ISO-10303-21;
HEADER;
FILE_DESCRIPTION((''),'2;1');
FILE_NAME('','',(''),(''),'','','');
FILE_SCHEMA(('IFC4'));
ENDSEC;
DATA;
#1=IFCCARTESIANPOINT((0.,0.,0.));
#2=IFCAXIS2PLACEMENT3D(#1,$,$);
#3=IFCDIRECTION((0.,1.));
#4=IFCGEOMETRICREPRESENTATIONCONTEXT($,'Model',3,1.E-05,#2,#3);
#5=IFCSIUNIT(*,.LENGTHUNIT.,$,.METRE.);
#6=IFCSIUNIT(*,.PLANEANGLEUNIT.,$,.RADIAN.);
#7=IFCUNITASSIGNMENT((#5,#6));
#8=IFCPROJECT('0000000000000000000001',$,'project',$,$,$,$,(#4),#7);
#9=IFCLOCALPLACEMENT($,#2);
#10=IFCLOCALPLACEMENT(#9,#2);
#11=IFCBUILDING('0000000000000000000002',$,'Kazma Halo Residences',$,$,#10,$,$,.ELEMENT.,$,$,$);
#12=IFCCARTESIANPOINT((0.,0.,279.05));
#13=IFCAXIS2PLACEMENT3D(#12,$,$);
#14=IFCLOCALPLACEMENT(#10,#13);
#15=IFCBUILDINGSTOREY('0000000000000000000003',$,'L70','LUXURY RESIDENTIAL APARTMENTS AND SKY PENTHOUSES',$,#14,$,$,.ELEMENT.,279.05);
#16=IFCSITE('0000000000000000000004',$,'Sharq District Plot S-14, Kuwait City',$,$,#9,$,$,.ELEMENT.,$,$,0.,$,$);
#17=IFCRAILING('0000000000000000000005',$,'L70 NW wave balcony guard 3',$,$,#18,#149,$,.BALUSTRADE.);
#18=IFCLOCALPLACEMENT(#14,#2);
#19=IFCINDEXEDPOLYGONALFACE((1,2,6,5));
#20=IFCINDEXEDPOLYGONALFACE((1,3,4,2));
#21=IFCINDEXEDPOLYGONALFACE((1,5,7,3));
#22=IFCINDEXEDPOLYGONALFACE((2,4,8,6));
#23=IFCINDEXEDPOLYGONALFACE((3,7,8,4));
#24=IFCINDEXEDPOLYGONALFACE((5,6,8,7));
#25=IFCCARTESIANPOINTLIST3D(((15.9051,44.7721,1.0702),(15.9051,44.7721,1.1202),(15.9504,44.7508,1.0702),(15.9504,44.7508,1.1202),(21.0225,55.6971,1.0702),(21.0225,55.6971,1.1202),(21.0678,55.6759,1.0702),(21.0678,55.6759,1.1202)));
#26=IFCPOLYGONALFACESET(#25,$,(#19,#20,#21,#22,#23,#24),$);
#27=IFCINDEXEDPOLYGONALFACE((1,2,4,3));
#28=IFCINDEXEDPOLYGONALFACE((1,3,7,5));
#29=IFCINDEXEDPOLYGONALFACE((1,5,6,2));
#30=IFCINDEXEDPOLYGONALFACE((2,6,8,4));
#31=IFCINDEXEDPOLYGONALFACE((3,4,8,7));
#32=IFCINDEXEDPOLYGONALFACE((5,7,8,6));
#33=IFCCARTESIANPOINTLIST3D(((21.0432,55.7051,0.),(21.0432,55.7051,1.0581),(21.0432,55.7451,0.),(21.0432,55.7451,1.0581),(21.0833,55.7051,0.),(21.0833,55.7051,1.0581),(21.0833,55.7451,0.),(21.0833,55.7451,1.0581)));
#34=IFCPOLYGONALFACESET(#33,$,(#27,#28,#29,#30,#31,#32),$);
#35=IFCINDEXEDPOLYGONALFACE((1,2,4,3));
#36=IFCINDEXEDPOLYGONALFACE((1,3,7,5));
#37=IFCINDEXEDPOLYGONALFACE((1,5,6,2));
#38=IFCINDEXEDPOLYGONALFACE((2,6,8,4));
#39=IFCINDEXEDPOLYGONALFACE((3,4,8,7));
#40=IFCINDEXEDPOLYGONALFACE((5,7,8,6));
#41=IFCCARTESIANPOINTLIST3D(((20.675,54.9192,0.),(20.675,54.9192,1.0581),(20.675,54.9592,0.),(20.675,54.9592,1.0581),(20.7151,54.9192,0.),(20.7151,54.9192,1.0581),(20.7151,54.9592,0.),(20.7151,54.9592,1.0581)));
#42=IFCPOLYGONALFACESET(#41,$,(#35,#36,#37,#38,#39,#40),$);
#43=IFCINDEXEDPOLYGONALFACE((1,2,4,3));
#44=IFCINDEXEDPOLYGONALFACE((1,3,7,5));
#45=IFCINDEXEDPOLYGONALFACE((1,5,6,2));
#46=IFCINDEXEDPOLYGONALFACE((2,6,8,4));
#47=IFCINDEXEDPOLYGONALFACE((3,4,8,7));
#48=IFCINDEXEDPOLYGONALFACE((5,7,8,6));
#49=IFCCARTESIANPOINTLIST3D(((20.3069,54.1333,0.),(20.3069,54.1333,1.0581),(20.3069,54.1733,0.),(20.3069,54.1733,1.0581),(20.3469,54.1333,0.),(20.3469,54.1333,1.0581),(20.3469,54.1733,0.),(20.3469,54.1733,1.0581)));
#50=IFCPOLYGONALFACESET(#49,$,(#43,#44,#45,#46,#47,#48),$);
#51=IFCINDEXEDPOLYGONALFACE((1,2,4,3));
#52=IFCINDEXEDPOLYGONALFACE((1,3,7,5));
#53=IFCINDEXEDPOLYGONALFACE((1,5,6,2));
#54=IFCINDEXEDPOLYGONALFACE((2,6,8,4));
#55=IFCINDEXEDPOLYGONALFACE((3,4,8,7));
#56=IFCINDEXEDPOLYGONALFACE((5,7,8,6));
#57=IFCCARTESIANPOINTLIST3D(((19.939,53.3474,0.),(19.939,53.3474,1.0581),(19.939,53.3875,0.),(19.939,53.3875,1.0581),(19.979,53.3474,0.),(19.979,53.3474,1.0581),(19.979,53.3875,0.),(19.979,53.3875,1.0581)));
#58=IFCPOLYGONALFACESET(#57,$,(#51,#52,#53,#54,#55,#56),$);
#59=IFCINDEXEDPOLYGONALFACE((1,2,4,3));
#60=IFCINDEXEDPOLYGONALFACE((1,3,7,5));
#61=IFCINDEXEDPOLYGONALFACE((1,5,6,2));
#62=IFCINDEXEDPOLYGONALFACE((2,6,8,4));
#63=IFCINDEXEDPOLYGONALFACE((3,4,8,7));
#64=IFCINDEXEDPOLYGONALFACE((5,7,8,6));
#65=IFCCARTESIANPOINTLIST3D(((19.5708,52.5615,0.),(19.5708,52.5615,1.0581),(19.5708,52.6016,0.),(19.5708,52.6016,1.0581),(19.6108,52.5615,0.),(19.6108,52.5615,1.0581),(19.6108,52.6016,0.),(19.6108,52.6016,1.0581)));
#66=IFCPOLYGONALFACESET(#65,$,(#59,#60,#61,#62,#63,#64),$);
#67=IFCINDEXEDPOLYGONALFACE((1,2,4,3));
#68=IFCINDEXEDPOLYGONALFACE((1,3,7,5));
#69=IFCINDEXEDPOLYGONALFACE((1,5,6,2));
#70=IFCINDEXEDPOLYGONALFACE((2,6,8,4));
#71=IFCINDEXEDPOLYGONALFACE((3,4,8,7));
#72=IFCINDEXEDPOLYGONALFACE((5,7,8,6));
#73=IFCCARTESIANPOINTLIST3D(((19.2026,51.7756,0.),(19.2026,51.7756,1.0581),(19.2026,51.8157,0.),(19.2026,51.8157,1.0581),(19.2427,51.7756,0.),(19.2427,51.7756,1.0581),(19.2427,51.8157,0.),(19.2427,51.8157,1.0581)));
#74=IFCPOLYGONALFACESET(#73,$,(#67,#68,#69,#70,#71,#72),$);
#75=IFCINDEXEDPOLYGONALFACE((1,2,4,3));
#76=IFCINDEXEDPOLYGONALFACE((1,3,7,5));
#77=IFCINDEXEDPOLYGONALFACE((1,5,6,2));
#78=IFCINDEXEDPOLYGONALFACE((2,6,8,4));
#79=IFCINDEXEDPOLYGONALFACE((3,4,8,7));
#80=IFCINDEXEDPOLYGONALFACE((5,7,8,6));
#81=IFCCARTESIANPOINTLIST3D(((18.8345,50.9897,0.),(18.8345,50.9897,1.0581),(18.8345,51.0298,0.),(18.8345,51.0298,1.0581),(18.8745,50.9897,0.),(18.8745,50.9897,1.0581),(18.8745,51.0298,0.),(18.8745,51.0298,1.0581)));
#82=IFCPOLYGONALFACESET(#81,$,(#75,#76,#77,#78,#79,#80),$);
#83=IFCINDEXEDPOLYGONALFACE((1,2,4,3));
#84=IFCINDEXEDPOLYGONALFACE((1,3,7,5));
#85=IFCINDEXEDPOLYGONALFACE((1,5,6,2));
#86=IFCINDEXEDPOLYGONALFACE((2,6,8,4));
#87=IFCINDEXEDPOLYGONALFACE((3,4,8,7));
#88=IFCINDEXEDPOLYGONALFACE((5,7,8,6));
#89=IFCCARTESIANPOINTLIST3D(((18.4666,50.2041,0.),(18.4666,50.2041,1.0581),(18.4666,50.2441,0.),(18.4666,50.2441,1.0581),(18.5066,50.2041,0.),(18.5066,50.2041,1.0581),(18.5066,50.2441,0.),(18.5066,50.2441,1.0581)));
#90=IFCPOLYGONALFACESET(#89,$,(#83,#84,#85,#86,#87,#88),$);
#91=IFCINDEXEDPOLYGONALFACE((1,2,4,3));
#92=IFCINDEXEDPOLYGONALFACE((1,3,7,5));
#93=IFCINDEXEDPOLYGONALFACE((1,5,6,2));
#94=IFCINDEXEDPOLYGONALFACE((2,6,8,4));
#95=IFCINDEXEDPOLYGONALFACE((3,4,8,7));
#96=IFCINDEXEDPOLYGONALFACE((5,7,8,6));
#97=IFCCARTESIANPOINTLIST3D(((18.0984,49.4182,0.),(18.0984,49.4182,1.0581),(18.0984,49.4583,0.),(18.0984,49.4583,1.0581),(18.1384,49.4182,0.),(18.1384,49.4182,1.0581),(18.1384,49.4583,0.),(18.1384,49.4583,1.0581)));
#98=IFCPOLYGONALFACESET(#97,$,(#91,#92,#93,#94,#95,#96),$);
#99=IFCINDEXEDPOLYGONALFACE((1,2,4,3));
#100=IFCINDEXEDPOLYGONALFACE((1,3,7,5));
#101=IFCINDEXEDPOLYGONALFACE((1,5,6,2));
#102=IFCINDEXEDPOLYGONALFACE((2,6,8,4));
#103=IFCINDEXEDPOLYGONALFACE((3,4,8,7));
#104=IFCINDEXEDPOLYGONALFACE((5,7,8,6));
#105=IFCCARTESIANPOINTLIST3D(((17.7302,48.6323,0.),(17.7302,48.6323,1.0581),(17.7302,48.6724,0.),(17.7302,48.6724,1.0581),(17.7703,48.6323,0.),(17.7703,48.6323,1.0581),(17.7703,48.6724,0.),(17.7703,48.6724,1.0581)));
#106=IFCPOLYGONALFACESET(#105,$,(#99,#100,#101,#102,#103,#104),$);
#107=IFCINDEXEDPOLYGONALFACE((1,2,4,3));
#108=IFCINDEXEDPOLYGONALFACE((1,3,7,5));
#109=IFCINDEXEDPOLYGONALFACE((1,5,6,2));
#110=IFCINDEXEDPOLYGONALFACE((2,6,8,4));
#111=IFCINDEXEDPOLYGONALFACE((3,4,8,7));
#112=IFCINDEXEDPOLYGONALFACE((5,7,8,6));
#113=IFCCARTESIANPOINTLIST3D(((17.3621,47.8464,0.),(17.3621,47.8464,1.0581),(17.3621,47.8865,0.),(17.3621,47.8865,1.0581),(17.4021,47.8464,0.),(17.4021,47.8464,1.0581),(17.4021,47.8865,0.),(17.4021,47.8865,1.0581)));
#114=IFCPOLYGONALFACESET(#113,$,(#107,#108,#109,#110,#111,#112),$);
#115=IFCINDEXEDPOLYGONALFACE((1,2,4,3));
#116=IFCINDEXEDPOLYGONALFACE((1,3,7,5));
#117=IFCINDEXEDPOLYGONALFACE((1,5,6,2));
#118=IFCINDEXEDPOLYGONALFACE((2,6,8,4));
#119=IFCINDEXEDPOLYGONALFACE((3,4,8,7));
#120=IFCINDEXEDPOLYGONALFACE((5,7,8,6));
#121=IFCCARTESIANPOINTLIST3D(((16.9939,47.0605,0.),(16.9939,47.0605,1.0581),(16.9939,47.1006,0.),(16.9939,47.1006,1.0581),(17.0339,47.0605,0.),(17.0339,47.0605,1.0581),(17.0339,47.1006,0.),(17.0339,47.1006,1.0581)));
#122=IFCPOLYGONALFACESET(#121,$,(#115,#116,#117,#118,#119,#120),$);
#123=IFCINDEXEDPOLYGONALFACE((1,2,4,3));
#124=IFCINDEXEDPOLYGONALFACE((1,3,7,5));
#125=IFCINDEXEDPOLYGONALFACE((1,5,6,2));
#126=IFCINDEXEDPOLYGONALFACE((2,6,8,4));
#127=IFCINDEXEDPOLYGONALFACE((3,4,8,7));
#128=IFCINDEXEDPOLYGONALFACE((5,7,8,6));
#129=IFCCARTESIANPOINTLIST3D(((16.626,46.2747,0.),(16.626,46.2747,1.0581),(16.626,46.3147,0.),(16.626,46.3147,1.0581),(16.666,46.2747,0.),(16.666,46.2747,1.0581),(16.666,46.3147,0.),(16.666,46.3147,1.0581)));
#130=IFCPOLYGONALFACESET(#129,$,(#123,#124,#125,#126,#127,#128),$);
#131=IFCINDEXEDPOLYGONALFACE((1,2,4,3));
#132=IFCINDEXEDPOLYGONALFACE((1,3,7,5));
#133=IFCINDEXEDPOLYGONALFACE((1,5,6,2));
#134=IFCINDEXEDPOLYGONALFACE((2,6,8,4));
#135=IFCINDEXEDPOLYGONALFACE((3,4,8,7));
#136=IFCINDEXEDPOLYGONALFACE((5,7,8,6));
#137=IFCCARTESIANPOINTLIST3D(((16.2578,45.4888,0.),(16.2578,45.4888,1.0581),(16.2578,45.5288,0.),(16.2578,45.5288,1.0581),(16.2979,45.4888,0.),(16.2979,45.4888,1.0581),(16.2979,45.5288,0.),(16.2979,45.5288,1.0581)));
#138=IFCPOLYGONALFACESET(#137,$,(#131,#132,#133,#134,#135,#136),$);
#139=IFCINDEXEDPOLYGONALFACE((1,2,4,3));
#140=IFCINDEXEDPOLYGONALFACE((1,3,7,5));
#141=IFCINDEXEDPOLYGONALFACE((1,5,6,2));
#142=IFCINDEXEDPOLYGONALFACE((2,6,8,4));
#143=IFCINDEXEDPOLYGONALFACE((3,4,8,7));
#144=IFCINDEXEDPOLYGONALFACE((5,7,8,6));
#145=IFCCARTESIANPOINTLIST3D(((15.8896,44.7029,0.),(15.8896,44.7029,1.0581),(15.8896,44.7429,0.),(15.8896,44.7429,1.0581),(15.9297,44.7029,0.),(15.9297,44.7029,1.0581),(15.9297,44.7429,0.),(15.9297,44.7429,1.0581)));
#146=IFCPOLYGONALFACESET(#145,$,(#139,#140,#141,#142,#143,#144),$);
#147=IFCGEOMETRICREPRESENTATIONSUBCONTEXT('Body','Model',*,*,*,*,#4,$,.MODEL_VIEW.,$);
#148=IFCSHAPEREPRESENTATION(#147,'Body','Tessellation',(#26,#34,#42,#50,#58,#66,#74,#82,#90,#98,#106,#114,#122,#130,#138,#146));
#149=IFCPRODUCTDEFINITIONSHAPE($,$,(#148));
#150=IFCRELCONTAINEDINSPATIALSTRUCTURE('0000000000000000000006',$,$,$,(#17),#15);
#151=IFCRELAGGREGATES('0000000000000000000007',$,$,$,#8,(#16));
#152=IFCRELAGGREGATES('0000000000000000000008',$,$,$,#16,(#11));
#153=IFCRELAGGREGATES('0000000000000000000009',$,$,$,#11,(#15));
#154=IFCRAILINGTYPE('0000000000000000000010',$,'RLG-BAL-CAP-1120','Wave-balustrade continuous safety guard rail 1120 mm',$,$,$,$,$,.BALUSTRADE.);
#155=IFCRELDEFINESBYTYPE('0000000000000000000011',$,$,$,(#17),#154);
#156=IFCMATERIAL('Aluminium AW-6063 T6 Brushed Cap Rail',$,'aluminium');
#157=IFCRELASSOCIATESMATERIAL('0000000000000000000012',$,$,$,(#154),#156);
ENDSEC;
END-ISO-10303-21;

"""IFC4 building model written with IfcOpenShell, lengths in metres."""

from ifc_helpers import new_model, si_unit, direction, frame, origin, origin_2d, place, context, subcontext, project, spatial, rectangle, extrude, material, type_object, element, save


model = new_model("IFC4")

# Units and contexts
model_context = context("Model", 3, precision=1e-05, world=origin(), true_north=direction((0.0, 1.0)))
body_context = subcontext(model_context, "Body", "Model", "MODEL_VIEW")
ifc_project = project(units=[si_unit("LENGTHUNIT", "METRE"), si_unit("PLANEANGLEUNIT", "RADIAN")], contexts=[model_context])

# Site, building, storey
site_placement = place(None, origin())
site = spatial("IfcSite", under=ifc_project, at=site_placement, Name="Sharq District Plot S-14, Kuwait City", CompositionType="ELEMENT", RefElevation=0.0)
building_placement = place(site_placement, origin())
building = spatial("IfcBuilding", under=site, at=building_placement, Name="Kazma Halo Residences", CompositionType="ELEMENT")
storey_placement = place(building_placement, frame((0.0, 0.0, 279.05)))
storey = spatial("IfcBuildingStorey", under=building, at=storey_placement, Name="L70", Description="LUXURY RESIDENTIAL APARTMENTS AND SKY PENTHOUSES", CompositionType="ELEMENT", Elevation=279.05)

# Railing
ifc_material_1 = material(Name="Aluminium AW-6063 T6 Brushed Cap Rail", Category="aluminium")
railing_type = type_object("IfcRailingType", Name="RLG-BAL-CAP-1120", Description="Wave-balustrade continuous safety guard rail 1120 mm", PredefinedType="BALUSTRADE", material=ifc_material_1)
railing_1_placement = place(storey_placement, frame((21.0632, 55.7251, 0.0)))
element("IfcRailing", 1, at=railing_1_placement, inside=storey, type_object=railing_type, Name="L70 NW wave balcony guard 3", PredefinedType="BALUSTRADE", context=body_context, shape_type="SweptSolid", body=[
    extrude(rectangle(XDim=0.05, YDim=0.05, at=origin_2d()), frame((-0.0181, -0.0386, 1.0952), z_axis=(-0.424183, -0.905576, 0.0), x_axis=(0.905576, -0.424183, 0.0)), (0.0, 0.0, 1.0), 12.0642),
    extrude(rectangle(XDim=0.04, YDim=0.04, at=origin_2d()), origin(), (0.0, 0.0, 1.0), 1.0581),
    extrude(rectangle(XDim=0.04, YDim=0.04, at=origin_2d()), frame((-0.3682, -0.7859, 0.0)), (0.0, 0.0, 1.0), 1.0581),
    extrude(rectangle(XDim=0.04, YDim=0.04, at=origin_2d()), frame((-0.7363, -1.5718, 0.0)), (0.0, 0.0, 1.0), 1.0581),
    extrude(rectangle(XDim=0.04, YDim=0.04, at=origin_2d()), frame((-1.1042, -2.3577, 0.0)), (0.0, 0.0, 1.0), 1.0581),
    extrude(rectangle(XDim=0.04, YDim=0.04, at=origin_2d()), frame((-1.4724, -3.1436, 0.0)), (0.0, 0.0, 1.0), 1.0581),
    extrude(rectangle(XDim=0.04, YDim=0.04, at=origin_2d()), frame((-1.8406, -3.9294, 0.0)), (0.0, 0.0, 1.0), 1.0581),
    extrude(rectangle(XDim=0.04, YDim=0.04, at=origin_2d()), frame((-2.2087, -4.7153, 0.0)), (0.0, 0.0, 1.0), 1.0581),
    extrude(rectangle(XDim=0.04, YDim=0.04, at=origin_2d()), frame((-2.5767, -5.501, 0.0)), (0.0, 0.0, 1.0), 1.0581),
    extrude(rectangle(XDim=0.04, YDim=0.04, at=origin_2d()), frame((-2.9448, -6.2869, 0.0)), (0.0, 0.0, 1.0), 1.0581),
    extrude(rectangle(XDim=0.04, YDim=0.04, at=origin_2d()), frame((-3.313, -7.0728, 0.0)), (0.0, 0.0, 1.0), 1.0581),
    extrude(rectangle(XDim=0.04, YDim=0.04, at=origin_2d()), frame((-3.6812, -7.8586, 0.0)), (0.0, 0.0, 1.0), 1.0581),
    extrude(rectangle(XDim=0.04, YDim=0.04, at=origin_2d()), frame((-4.0493, -8.6445, 0.0)), (0.0, 0.0, 1.0), 1.0581),
    extrude(rectangle(XDim=0.04, YDim=0.04, at=origin_2d()), frame((-4.4172, -9.4304, 0.0)), (0.0, 0.0, 1.0), 1.0581),
    extrude(rectangle(XDim=0.04, YDim=0.04, at=origin_2d()), frame((-4.7854, -10.2163, 0.0)), (0.0, 0.0, 1.0), 1.0581),
    extrude(rectangle(XDim=0.04, YDim=0.04, at=origin_2d()), frame((-5.1536, -11.0022, 0.0)), (0.0, 0.0, 1.0), 1.0581),
])

save(model, "model.ifc")
